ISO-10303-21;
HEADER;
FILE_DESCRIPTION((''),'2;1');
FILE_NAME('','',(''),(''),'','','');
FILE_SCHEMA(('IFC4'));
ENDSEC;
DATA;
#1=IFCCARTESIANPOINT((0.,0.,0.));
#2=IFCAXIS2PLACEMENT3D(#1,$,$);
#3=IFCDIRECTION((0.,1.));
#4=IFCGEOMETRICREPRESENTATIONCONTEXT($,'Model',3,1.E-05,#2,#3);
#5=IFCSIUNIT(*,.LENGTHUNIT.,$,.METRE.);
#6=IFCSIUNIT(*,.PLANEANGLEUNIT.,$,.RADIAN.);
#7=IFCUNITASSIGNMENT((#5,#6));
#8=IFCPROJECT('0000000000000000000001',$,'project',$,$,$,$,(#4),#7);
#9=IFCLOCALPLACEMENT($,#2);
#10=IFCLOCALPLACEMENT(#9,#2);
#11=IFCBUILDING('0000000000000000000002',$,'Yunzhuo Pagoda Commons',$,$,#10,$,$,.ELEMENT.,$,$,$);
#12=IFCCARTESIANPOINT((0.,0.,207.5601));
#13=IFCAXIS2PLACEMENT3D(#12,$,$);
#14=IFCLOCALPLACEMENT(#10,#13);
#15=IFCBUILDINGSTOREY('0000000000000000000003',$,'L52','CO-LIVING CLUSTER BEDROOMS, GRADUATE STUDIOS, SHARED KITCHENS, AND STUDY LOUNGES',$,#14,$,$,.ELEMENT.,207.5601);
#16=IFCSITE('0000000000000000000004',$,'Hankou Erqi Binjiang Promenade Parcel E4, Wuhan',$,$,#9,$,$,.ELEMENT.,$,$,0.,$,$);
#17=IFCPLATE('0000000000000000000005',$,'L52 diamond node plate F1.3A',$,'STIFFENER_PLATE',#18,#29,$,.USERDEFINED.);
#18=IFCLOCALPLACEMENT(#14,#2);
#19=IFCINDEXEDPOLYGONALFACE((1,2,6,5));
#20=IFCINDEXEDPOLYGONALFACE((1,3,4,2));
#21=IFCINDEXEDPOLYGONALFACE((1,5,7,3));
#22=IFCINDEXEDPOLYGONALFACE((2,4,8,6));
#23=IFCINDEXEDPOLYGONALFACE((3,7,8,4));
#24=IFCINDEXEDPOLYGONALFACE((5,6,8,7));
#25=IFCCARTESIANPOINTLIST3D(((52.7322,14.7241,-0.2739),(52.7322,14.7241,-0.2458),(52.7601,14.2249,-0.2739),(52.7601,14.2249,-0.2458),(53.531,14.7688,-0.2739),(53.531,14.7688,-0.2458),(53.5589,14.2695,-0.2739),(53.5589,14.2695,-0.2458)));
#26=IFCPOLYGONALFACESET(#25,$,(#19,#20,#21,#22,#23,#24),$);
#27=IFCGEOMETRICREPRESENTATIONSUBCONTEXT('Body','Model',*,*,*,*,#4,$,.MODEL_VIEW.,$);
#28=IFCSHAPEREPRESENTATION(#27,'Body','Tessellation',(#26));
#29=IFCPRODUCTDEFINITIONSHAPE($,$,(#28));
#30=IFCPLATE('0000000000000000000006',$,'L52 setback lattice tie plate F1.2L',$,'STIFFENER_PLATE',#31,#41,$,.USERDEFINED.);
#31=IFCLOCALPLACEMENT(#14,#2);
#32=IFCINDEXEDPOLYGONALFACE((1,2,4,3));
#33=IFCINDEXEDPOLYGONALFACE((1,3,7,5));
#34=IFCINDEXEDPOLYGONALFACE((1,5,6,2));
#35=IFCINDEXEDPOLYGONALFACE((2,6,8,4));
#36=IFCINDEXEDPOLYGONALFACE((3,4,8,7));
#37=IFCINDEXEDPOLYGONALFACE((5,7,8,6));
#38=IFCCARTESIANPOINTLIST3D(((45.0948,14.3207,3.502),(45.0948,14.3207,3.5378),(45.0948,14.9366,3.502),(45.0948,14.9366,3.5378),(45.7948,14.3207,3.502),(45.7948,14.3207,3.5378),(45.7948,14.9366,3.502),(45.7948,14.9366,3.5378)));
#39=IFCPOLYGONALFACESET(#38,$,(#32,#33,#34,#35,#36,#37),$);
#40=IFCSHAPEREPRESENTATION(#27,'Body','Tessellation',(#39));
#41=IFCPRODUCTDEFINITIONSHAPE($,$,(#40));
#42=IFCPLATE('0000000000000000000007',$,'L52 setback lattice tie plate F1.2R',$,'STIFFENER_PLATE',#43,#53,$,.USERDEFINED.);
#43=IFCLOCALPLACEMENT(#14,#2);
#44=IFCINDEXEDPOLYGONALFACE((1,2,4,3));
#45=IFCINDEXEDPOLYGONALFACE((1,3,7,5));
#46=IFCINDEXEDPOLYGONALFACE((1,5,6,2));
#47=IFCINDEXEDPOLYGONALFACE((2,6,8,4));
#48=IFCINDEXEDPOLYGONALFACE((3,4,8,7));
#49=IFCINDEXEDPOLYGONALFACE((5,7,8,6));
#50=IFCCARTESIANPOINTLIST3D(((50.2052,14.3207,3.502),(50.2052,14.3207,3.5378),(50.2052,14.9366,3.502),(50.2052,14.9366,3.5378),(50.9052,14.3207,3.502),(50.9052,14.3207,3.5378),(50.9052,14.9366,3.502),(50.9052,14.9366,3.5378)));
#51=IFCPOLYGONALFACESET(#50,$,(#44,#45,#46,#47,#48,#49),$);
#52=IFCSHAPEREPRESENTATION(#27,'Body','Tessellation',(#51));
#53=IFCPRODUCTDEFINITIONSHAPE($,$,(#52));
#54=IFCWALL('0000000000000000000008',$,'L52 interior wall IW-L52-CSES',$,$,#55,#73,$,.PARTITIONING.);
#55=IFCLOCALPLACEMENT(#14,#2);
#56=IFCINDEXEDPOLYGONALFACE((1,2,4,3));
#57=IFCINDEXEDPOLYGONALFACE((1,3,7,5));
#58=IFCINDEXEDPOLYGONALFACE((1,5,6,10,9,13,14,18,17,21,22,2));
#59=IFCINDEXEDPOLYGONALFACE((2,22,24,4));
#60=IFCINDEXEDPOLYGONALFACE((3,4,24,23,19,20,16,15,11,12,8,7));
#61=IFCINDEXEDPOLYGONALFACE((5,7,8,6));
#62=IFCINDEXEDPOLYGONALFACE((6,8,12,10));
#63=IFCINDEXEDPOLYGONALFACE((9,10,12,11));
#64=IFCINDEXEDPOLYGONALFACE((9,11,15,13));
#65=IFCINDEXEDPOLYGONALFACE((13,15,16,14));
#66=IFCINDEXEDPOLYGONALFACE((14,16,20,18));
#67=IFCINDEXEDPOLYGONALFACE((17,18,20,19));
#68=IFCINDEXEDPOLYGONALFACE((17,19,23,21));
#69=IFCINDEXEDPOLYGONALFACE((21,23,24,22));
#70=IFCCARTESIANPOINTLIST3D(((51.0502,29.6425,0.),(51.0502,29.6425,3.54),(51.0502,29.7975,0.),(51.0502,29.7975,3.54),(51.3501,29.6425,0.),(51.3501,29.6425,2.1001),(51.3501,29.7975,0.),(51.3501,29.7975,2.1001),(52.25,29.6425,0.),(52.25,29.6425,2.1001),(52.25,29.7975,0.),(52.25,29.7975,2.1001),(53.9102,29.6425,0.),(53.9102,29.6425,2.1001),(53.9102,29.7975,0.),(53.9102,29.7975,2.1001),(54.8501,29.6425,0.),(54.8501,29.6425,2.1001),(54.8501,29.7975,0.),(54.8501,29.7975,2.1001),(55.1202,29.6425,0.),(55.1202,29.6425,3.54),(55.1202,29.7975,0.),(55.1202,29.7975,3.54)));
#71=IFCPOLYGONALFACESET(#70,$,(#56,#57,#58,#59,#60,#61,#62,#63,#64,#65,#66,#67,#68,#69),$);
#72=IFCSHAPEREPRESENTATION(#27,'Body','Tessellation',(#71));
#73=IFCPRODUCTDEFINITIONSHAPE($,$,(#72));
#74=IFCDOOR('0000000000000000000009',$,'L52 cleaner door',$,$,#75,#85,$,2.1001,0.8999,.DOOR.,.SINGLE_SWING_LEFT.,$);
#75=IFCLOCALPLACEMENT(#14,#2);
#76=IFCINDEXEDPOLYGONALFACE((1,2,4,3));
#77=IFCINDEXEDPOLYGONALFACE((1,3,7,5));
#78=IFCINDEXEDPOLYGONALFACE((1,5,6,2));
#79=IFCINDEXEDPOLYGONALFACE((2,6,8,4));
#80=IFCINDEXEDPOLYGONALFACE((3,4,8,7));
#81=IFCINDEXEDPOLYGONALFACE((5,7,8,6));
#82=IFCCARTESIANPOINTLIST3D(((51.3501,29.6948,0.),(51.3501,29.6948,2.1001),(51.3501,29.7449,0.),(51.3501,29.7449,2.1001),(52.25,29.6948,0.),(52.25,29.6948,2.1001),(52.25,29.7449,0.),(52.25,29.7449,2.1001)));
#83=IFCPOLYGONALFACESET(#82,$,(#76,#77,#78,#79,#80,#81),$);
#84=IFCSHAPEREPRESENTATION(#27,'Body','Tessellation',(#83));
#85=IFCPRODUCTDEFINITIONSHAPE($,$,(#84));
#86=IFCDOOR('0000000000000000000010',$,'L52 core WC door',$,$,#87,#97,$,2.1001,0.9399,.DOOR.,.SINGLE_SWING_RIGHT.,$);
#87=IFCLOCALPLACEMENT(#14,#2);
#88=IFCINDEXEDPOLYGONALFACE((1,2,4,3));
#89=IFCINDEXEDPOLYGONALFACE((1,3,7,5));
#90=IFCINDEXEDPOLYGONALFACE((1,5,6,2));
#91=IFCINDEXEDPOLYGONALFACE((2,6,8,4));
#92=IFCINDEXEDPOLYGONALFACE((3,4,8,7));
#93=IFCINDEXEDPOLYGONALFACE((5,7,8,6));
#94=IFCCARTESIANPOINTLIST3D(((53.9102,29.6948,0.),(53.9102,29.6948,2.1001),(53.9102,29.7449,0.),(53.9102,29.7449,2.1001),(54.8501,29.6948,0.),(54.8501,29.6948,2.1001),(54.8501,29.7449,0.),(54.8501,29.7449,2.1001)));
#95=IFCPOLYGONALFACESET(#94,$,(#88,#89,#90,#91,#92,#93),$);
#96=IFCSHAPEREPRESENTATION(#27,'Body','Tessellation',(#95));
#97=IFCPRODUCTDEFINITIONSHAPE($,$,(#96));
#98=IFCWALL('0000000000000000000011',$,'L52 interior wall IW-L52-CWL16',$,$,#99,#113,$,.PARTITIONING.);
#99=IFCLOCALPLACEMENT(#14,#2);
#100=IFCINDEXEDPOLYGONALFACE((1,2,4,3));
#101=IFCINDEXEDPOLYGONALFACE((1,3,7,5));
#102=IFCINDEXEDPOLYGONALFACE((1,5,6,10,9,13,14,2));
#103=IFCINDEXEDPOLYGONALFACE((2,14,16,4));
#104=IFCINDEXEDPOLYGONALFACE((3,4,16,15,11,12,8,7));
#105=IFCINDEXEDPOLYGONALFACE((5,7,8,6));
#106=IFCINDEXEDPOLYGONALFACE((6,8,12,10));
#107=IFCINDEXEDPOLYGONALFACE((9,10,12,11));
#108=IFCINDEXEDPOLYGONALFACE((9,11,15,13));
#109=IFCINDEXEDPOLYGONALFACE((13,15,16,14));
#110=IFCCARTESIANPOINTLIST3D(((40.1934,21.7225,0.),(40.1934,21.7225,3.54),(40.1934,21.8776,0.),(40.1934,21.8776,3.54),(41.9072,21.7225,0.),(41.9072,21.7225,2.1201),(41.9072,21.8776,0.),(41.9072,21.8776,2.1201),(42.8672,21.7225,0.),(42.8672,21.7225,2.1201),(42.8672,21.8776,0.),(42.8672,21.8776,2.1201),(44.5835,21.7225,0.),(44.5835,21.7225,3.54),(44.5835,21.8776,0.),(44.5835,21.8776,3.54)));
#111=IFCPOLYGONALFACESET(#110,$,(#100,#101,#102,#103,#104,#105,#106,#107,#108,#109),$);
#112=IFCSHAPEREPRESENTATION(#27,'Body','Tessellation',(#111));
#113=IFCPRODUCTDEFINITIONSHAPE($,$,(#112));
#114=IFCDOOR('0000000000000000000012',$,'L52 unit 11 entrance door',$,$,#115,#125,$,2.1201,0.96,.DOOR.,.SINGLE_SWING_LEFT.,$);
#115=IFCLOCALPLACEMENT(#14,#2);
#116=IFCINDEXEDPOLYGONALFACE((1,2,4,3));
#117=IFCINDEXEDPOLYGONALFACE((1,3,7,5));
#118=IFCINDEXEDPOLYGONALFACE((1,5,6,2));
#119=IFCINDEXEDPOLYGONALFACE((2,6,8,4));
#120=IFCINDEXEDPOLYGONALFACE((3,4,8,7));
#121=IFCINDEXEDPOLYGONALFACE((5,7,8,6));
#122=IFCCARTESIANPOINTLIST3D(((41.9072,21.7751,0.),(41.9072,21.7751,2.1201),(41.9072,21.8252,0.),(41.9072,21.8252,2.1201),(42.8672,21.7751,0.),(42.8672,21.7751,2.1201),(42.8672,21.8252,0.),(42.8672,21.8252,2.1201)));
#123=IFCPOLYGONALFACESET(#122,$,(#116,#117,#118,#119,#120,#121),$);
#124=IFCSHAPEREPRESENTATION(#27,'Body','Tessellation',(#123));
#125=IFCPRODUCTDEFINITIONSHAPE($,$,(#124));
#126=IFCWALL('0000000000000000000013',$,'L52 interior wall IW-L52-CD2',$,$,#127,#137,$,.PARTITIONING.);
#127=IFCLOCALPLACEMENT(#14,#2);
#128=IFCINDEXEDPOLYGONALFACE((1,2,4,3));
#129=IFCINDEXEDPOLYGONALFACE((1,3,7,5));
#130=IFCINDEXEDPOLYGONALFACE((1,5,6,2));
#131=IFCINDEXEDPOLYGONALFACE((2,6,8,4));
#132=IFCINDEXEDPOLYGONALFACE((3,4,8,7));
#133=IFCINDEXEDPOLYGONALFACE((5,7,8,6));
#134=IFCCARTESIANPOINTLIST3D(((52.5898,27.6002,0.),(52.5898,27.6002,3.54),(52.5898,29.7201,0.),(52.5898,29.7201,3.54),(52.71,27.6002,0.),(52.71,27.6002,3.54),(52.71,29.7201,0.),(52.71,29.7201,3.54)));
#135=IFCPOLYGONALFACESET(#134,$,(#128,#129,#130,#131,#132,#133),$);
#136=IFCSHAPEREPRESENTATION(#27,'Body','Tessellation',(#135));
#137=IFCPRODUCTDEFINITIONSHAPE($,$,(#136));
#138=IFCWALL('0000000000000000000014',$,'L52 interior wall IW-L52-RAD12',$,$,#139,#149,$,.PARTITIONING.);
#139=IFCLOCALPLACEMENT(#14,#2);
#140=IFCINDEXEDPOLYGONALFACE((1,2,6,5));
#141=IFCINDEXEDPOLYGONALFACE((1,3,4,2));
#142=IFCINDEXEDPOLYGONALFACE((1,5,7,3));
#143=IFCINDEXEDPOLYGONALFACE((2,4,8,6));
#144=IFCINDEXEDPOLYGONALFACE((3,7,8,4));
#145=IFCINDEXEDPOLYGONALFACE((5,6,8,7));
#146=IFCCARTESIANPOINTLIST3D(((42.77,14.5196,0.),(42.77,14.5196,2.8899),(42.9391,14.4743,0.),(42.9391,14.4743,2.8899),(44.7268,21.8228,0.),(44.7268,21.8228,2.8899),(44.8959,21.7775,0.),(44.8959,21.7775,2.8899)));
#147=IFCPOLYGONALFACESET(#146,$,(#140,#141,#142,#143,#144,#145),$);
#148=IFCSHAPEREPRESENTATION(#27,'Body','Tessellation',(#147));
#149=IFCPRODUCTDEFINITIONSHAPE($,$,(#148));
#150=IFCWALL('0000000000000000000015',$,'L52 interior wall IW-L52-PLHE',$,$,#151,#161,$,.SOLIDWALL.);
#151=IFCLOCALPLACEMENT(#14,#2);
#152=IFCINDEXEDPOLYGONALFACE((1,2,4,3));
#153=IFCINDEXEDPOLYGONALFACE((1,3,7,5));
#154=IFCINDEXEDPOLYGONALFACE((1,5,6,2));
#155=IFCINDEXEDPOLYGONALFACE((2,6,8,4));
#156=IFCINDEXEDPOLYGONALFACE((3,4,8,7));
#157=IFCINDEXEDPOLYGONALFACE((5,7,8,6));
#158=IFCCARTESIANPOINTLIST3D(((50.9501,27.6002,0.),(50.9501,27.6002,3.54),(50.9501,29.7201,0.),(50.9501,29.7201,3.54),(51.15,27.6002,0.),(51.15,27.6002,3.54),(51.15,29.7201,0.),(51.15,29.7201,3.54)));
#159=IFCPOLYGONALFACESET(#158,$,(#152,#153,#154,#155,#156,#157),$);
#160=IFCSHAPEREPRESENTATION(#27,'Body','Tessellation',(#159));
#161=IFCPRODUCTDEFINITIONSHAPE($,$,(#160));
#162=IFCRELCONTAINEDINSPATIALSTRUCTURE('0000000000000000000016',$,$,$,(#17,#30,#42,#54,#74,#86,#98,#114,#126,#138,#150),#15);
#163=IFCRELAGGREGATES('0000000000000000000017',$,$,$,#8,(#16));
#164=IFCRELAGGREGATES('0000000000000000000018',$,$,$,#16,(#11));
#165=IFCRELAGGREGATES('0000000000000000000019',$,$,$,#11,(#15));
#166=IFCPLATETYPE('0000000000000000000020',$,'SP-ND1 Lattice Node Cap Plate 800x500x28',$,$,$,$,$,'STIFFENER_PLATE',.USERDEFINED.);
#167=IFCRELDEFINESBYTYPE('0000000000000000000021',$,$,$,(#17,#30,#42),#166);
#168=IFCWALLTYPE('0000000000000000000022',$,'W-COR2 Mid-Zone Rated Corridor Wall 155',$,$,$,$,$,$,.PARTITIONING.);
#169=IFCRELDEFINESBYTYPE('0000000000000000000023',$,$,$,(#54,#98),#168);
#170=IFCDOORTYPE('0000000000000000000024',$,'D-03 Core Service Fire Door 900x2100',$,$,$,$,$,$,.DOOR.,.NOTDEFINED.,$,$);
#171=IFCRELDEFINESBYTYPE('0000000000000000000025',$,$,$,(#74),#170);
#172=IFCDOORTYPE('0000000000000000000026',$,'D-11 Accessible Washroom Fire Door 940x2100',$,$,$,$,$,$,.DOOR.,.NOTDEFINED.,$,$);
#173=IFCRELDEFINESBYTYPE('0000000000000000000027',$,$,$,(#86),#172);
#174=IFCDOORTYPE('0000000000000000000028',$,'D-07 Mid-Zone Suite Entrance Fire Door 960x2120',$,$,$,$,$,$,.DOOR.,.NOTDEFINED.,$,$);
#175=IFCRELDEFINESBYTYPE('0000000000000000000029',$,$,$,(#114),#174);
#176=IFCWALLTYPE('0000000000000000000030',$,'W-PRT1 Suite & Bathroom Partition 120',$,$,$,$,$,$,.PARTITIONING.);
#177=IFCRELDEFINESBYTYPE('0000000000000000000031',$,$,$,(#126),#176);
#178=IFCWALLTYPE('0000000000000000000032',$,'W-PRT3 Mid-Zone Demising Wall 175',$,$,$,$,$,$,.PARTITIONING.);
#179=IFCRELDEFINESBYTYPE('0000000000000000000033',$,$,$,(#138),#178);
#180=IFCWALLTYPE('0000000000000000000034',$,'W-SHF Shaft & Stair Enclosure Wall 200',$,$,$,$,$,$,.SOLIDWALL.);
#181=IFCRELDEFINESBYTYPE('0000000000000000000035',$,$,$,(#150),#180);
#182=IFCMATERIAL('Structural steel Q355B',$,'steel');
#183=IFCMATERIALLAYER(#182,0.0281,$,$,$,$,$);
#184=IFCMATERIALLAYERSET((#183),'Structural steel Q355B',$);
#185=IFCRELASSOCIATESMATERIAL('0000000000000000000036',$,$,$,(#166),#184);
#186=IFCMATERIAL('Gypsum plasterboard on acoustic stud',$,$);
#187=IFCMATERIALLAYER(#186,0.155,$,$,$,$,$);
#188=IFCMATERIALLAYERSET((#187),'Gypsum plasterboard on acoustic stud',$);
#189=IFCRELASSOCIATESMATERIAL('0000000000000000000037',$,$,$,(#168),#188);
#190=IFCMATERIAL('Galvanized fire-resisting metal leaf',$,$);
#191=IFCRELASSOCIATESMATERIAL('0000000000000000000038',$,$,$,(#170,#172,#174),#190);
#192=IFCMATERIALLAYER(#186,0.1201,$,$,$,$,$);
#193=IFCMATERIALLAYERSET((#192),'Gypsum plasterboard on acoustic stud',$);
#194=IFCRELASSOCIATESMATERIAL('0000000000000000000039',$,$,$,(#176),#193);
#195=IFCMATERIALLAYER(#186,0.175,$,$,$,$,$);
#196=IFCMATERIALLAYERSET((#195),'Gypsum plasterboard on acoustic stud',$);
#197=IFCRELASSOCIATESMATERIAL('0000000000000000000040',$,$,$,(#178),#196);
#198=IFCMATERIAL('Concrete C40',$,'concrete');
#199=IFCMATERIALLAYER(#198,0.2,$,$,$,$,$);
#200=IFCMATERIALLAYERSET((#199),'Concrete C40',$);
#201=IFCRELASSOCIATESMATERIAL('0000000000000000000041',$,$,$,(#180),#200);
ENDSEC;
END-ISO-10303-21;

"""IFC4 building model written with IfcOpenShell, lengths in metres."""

from ifc_helpers import new_model, si_unit, direction, frame, frame_2d, origin, origin_with_axes, origin_2d, place, context, subcontext, project, spatial, rectangle, extrude, source, transform, mapped, material, layer, layer_set, type_object, element, fill, save


model = new_model("IFC4")

# Units and contexts
model_context = context("Model", 3, precision=1e-05, world=origin(), true_north=direction((0.0, 1.0)))
body_context = subcontext(model_context, "Body", "Model", "MODEL_VIEW")
ifc_project = project(units=[si_unit("LENGTHUNIT", "METRE"), si_unit("PLANEANGLEUNIT", "RADIAN")], contexts=[model_context])

# Site, building, storey
site_placement = place(None, origin())
site = spatial("IfcSite", under=ifc_project, at=site_placement, Name="Hankou Erqi Binjiang Promenade Parcel E4, Wuhan", CompositionType="ELEMENT", RefElevation=0.0)
building_placement = place(site_placement, origin())
building = spatial("IfcBuilding", under=site, at=building_placement, Name="Yunzhuo Pagoda Commons", CompositionType="ELEMENT")
storey_placement = place(building_placement, frame((0.0, 0.0, 207.5601)))
storey = spatial("IfcBuildingStorey", under=building, at=storey_placement, Name="L52", Description="CO-LIVING CLUSTER BEDROOMS, GRADUATE STUDIOS, SHARED KITCHENS, AND STUDY LOUNGES", CompositionType="ELEMENT", Elevation=207.5601)

# Shared definitions
ifc_material_1 = material(Name="Structural steel Q355B", Category="steel")

# Plates
ifc_layer_1 = layer(ifc_material_1, 0.0281)
ifc_layer_set_1 = layer_set([ifc_layer_1], Name="Structural steel Q355B")
plate_type_1 = type_object("IfcPlateType", Name="SP-ND1 Lattice Node Cap Plate 800x500x28", ElementType="STIFFENER_PLATE", PredefinedType="USERDEFINED", material=ifc_layer_set_1)
shared_shape_1 = source(origin(), body_context, "Body", "SweptSolid", [
    extrude(rectangle(XDim=0.8, YDim=0.5, at=origin_2d()), origin(), (0.0, 0.0, 1.0), 0.0281),
])
plate_1_placement = place(storey_placement, frame((53.1455, 14.4968, -0.2739), z_axis=(0.0, 0.0, 1.0), x_axis=(0.998441, 0.055822, 0.0)))
element("IfcPlate", 1, at=plate_1_placement, inside=storey, type_object=plate_type_1, Name="L52 diamond node plate F1.3A", ObjectType="STIFFENER_PLATE", PredefinedType="USERDEFINED", context=body_context, shape_type="MappedRepresentation", body=[
    mapped(shared_shape_1, transform((0.0, 0.0, 0.0), scale=1.0)),
])
shared_shape_2 = source(origin(), body_context, "Body", "SweptSolid", [
    extrude(rectangle(XDim=0.7, YDim=0.616, at=origin_2d()), origin(), (0.0, 0.0, 1.0), 0.0359),
])
for number, where, z_axis, x_axis, name in (
    (2, (45.4448, 14.6287, 3.502), (0.0, 0.0, 1.0), (1.0, 0.0, 0.0), "L52 setback lattice tie plate F1.2L"),
    (3, (50.5552, 14.6287, 3.502), (0.0, 0.0, 1.0), (1.0, 0.0, 0.0), "L52 setback lattice tie plate F1.2R"),
):
    element("IfcPlate", number, at=place(storey_placement, frame(where, z_axis=z_axis, x_axis=x_axis)), inside=storey, type_object=plate_type_1, Name=name, ObjectType="STIFFENER_PLATE", PredefinedType="USERDEFINED", context=body_context, shape_type="MappedRepresentation", body=[
        mapped(shared_shape_2, transform((0.0, 0.0, 0.0), scale=1.0)),
    ])

# Wall, openings, doors
ifc_material_2 = material(Name="Gypsum plasterboard on acoustic stud")
ifc_layer_2 = layer(ifc_material_2, 0.155)
ifc_layer_set_2 = layer_set([ifc_layer_2], Name="Gypsum plasterboard on acoustic stud")
wall_type_1 = type_object("IfcWallType", Name="W-COR2 Mid-Zone Rated Corridor Wall 155", PredefinedType="PARTITIONING", material=ifc_layer_set_2)
wall_1_placement = place(storey_placement, frame((51.05, 29.72, 0.0), z_axis=(0.0, 0.0, 1.0), x_axis=(1.0, 0.0, 0.0)))
wall_1 = element("IfcWall", 4, at=wall_1_placement, inside=storey, type_object=wall_type_1, Name="L52 interior wall IW-L52-CSES", PredefinedType="PARTITIONING", context=body_context, shape_type="SweptSolid", body=[
    extrude(rectangle(XDim=4.0701, YDim=0.155, at=frame_2d((2.0352, 0.0))), origin(), (0.0, 0.0, 1.0), 3.54),
])
opening_1_placement = place(wall_1_placement, frame((0.3, 0.0, 0.0)))
opening_1 = element("IfcOpeningElement", 5, at=opening_1_placement, cuts=wall_1, PredefinedType="OPENING", context=body_context, shape_type="SweptSolid", body=[
    extrude(rectangle(XDim=0.8999, YDim=2.1001, at=frame_2d((0.45, 1.05))), frame((0.0, 0.0874, 0.0), z_axis=(0.0, -1.0, 0.0), x_axis=(1.0, 0.0, 0.0)), (0.0, 0.0, 1.0), 0.175),
])
opening_2_placement = place(wall_1_placement, frame((2.8601, 0.0, 0.0)))
opening_2 = element("IfcOpeningElement", 6, at=opening_2_placement, cuts=wall_1, PredefinedType="OPENING", context=body_context, shape_type="SweptSolid", body=[
    extrude(rectangle(XDim=0.9399, YDim=2.1001, at=frame_2d((0.47, 1.05))), frame((0.0, 0.0874, 0.0), z_axis=(0.0, -1.0, 0.0), x_axis=(1.0, 0.0, 0.0)), (0.0, 0.0, 1.0), 0.175),
])
ifc_material_3 = material(Name="Galvanized fire-resisting metal leaf")
door_type_1 = type_object("IfcDoorType", Name="D-03 Core Service Fire Door 900x2100", OperationType="NOTDEFINED", PredefinedType="DOOR", material=ifc_material_3)
shared_shape_3 = source(origin(), body_context, "Body", "SweptSolid", [
    extrude(rectangle(XDim=0.8999, YDim=2.1001, at=frame_2d((0.45, 1.05))), frame((0.0, 0.0249, 0.0), z_axis=(0.0, -1.0, 0.0), x_axis=(1.0, 0.0, 0.0)), (0.0, 0.0, 1.0), 0.05),
])
door_1_placement = place(opening_1_placement, origin_with_axes())
door_1 = element("IfcDoor", 7, at=door_1_placement, inside=storey, type_object=door_type_1, Name="L52 cleaner door", OperationType="SINGLE_SWING_LEFT", OverallHeight=2.1001, OverallWidth=0.8999, PredefinedType="DOOR", context=body_context, shape_type="MappedRepresentation", body=[
    mapped(shared_shape_3, transform((0.0, 0.0, 0.0), scale=1.0)),
])
fill(opening_1, door_1)
door_type_2 = type_object("IfcDoorType", Name="D-11 Accessible Washroom Fire Door 940x2100", OperationType="NOTDEFINED", PredefinedType="DOOR", material=ifc_material_3)
shared_shape_4 = source(origin(), body_context, "Body", "SweptSolid", [
    extrude(rectangle(XDim=0.9399, YDim=2.1001, at=frame_2d((0.47, 1.05))), frame((0.0, 0.0249, 0.0), z_axis=(0.0, -1.0, 0.0), x_axis=(1.0, 0.0, 0.0)), (0.0, 0.0, 1.0), 0.05),
])
door_2_placement = place(opening_2_placement, origin_with_axes())
door_2 = element("IfcDoor", 8, at=door_2_placement, inside=storey, type_object=door_type_2, Name="L52 core WC door", OperationType="SINGLE_SWING_RIGHT", OverallHeight=2.1001, OverallWidth=0.9399, PredefinedType="DOOR", context=body_context, shape_type="MappedRepresentation", body=[
    mapped(shared_shape_4, transform((0.0, 0.0, 0.0), scale=1.0)),
])
fill(opening_2, door_2)

# Wall, opening, door
wall_2_placement = place(storey_placement, frame((44.5835, 21.8, 0.0), z_axis=(0.0, 0.0, 1.0), x_axis=(-1.0, 0.0, 0.0)))
wall_2 = element("IfcWall", 9, at=wall_2_placement, inside=storey, type_object=wall_type_1, Name="L52 interior wall IW-L52-CWL16", PredefinedType="PARTITIONING", context=body_context, shape_type="SweptSolid", body=[
    extrude(rectangle(XDim=4.3901, YDim=0.155, at=frame_2d((2.1951, 0.0))), origin(), (0.0, 0.0, 1.0), 3.54),
])
opening_3_placement = place(wall_2_placement, frame((1.7163, 0.0, 0.0)))
opening_3 = element("IfcOpeningElement", 10, at=opening_3_placement, cuts=wall_2, PredefinedType="OPENING", context=body_context, shape_type="SweptSolid", body=[
    extrude(rectangle(XDim=0.96, YDim=2.1201, at=frame_2d((0.48, 1.0601))), frame((0.0, 0.0874, 0.0), z_axis=(0.0, -1.0, 0.0), x_axis=(1.0, 0.0, 0.0)), (0.0, 0.0, 1.0), 0.175),
])
door_type_3 = type_object("IfcDoorType", Name="D-07 Mid-Zone Suite Entrance Fire Door 960x2120", OperationType="NOTDEFINED", PredefinedType="DOOR", material=ifc_material_3)
shared_shape_5 = source(origin(), body_context, "Body", "SweptSolid", [
    extrude(rectangle(XDim=0.96, YDim=2.1201, at=frame_2d((0.48, 1.0601))), frame((0.0, 0.0249, 0.0), z_axis=(0.0, -1.0, 0.0), x_axis=(1.0, 0.0, 0.0)), (0.0, 0.0, 1.0), 0.05),
])
door_3_placement = place(opening_3_placement, origin_with_axes())
door_3 = element("IfcDoor", 11, at=door_3_placement, inside=storey, type_object=door_type_3, Name="L52 unit 11 entrance door", OperationType="SINGLE_SWING_LEFT", OverallHeight=2.1201, OverallWidth=0.96, PredefinedType="DOOR", context=body_context, shape_type="MappedRepresentation", body=[
    mapped(shared_shape_5, transform((0.0, 0.0, 0.0), scale=1.0)),
])
fill(opening_3, door_3)

# Walls
ifc_layer_3 = layer(ifc_material_2, 0.1201)
ifc_layer_set_3 = layer_set([ifc_layer_3], Name="Gypsum plasterboard on acoustic stud")
wall_type_2 = type_object("IfcWallType", Name="W-PRT1 Suite & Bathroom Partition 120", PredefinedType="PARTITIONING", material=ifc_layer_set_3)
wall_3_placement = place(storey_placement, frame((52.6499, 27.6001, 0.0), z_axis=(0.0, 0.0, 1.0), x_axis=(0.0, 1.0, 0.0)))
element("IfcWall", 12, at=wall_3_placement, inside=storey, type_object=wall_type_2, Name="L52 interior wall IW-L52-CD2", PredefinedType="PARTITIONING", context=body_context, shape_type="SweptSolid", body=[
    extrude(rectangle(XDim=2.1199, YDim=0.1201, at=frame_2d((1.0601, 0.0))), origin(), (0.0, 0.0, 1.0), 3.54),
])
ifc_layer_4 = layer(ifc_material_2, 0.175)
ifc_layer_set_4 = layer_set([ifc_layer_4], Name="Gypsum plasterboard on acoustic stud")
wall_type_3 = type_object("IfcWallType", Name="W-PRT3 Mid-Zone Demising Wall 175", PredefinedType="PARTITIONING", material=ifc_layer_set_4)
wall_4_placement = place(storey_placement, frame((44.8113, 21.8, 0.0), z_axis=(0.0, 0.0, 1.0), x_axis=(-0.258806, -0.965929, 0.0)))
element("IfcWall", 13, at=wall_4_placement, inside=storey, type_object=wall_type_3, Name="L52 interior wall IW-L52-RAD12", PredefinedType="PARTITIONING", context=body_context, shape_type="SweptSolid", body=[
    extrude(rectangle(XDim=7.5608, YDim=0.175, at=frame_2d((3.7803, 0.0))), origin(), (0.0, 0.0, 1.0), 2.8899),
])
ifc_material_4 = material(Name="Concrete C40", Category="concrete")
ifc_layer_5 = layer(ifc_material_4, 0.2)
ifc_layer_set_5 = layer_set([ifc_layer_5], Name="Concrete C40")
wall_type_4 = type_object("IfcWallType", Name="W-SHF Shaft & Stair Enclosure Wall 200", PredefinedType="SOLIDWALL", material=ifc_layer_set_5)
for number, where, z_axis, x_axis, name in (
    (14, (51.05, 27.6001, 0.0), (0.0, 0.0, 1.0), (0.0, 1.0, 0.0), "L52 interior wall IW-L52-PLHE"),
):
    element("IfcWall", number, at=place(storey_placement, frame(where, z_axis=z_axis, x_axis=x_axis)), inside=storey, type_object=wall_type_4, Name=name, PredefinedType="SOLIDWALL", context=body_context, shape_type="SweptSolid", body=[
        extrude(rectangle(XDim=2.1199, YDim=0.2, at=frame_2d((1.0601, 0.0))), origin(), (0.0, 0.0, 1.0), 3.54),
    ])

save(model, "model.ifc")
